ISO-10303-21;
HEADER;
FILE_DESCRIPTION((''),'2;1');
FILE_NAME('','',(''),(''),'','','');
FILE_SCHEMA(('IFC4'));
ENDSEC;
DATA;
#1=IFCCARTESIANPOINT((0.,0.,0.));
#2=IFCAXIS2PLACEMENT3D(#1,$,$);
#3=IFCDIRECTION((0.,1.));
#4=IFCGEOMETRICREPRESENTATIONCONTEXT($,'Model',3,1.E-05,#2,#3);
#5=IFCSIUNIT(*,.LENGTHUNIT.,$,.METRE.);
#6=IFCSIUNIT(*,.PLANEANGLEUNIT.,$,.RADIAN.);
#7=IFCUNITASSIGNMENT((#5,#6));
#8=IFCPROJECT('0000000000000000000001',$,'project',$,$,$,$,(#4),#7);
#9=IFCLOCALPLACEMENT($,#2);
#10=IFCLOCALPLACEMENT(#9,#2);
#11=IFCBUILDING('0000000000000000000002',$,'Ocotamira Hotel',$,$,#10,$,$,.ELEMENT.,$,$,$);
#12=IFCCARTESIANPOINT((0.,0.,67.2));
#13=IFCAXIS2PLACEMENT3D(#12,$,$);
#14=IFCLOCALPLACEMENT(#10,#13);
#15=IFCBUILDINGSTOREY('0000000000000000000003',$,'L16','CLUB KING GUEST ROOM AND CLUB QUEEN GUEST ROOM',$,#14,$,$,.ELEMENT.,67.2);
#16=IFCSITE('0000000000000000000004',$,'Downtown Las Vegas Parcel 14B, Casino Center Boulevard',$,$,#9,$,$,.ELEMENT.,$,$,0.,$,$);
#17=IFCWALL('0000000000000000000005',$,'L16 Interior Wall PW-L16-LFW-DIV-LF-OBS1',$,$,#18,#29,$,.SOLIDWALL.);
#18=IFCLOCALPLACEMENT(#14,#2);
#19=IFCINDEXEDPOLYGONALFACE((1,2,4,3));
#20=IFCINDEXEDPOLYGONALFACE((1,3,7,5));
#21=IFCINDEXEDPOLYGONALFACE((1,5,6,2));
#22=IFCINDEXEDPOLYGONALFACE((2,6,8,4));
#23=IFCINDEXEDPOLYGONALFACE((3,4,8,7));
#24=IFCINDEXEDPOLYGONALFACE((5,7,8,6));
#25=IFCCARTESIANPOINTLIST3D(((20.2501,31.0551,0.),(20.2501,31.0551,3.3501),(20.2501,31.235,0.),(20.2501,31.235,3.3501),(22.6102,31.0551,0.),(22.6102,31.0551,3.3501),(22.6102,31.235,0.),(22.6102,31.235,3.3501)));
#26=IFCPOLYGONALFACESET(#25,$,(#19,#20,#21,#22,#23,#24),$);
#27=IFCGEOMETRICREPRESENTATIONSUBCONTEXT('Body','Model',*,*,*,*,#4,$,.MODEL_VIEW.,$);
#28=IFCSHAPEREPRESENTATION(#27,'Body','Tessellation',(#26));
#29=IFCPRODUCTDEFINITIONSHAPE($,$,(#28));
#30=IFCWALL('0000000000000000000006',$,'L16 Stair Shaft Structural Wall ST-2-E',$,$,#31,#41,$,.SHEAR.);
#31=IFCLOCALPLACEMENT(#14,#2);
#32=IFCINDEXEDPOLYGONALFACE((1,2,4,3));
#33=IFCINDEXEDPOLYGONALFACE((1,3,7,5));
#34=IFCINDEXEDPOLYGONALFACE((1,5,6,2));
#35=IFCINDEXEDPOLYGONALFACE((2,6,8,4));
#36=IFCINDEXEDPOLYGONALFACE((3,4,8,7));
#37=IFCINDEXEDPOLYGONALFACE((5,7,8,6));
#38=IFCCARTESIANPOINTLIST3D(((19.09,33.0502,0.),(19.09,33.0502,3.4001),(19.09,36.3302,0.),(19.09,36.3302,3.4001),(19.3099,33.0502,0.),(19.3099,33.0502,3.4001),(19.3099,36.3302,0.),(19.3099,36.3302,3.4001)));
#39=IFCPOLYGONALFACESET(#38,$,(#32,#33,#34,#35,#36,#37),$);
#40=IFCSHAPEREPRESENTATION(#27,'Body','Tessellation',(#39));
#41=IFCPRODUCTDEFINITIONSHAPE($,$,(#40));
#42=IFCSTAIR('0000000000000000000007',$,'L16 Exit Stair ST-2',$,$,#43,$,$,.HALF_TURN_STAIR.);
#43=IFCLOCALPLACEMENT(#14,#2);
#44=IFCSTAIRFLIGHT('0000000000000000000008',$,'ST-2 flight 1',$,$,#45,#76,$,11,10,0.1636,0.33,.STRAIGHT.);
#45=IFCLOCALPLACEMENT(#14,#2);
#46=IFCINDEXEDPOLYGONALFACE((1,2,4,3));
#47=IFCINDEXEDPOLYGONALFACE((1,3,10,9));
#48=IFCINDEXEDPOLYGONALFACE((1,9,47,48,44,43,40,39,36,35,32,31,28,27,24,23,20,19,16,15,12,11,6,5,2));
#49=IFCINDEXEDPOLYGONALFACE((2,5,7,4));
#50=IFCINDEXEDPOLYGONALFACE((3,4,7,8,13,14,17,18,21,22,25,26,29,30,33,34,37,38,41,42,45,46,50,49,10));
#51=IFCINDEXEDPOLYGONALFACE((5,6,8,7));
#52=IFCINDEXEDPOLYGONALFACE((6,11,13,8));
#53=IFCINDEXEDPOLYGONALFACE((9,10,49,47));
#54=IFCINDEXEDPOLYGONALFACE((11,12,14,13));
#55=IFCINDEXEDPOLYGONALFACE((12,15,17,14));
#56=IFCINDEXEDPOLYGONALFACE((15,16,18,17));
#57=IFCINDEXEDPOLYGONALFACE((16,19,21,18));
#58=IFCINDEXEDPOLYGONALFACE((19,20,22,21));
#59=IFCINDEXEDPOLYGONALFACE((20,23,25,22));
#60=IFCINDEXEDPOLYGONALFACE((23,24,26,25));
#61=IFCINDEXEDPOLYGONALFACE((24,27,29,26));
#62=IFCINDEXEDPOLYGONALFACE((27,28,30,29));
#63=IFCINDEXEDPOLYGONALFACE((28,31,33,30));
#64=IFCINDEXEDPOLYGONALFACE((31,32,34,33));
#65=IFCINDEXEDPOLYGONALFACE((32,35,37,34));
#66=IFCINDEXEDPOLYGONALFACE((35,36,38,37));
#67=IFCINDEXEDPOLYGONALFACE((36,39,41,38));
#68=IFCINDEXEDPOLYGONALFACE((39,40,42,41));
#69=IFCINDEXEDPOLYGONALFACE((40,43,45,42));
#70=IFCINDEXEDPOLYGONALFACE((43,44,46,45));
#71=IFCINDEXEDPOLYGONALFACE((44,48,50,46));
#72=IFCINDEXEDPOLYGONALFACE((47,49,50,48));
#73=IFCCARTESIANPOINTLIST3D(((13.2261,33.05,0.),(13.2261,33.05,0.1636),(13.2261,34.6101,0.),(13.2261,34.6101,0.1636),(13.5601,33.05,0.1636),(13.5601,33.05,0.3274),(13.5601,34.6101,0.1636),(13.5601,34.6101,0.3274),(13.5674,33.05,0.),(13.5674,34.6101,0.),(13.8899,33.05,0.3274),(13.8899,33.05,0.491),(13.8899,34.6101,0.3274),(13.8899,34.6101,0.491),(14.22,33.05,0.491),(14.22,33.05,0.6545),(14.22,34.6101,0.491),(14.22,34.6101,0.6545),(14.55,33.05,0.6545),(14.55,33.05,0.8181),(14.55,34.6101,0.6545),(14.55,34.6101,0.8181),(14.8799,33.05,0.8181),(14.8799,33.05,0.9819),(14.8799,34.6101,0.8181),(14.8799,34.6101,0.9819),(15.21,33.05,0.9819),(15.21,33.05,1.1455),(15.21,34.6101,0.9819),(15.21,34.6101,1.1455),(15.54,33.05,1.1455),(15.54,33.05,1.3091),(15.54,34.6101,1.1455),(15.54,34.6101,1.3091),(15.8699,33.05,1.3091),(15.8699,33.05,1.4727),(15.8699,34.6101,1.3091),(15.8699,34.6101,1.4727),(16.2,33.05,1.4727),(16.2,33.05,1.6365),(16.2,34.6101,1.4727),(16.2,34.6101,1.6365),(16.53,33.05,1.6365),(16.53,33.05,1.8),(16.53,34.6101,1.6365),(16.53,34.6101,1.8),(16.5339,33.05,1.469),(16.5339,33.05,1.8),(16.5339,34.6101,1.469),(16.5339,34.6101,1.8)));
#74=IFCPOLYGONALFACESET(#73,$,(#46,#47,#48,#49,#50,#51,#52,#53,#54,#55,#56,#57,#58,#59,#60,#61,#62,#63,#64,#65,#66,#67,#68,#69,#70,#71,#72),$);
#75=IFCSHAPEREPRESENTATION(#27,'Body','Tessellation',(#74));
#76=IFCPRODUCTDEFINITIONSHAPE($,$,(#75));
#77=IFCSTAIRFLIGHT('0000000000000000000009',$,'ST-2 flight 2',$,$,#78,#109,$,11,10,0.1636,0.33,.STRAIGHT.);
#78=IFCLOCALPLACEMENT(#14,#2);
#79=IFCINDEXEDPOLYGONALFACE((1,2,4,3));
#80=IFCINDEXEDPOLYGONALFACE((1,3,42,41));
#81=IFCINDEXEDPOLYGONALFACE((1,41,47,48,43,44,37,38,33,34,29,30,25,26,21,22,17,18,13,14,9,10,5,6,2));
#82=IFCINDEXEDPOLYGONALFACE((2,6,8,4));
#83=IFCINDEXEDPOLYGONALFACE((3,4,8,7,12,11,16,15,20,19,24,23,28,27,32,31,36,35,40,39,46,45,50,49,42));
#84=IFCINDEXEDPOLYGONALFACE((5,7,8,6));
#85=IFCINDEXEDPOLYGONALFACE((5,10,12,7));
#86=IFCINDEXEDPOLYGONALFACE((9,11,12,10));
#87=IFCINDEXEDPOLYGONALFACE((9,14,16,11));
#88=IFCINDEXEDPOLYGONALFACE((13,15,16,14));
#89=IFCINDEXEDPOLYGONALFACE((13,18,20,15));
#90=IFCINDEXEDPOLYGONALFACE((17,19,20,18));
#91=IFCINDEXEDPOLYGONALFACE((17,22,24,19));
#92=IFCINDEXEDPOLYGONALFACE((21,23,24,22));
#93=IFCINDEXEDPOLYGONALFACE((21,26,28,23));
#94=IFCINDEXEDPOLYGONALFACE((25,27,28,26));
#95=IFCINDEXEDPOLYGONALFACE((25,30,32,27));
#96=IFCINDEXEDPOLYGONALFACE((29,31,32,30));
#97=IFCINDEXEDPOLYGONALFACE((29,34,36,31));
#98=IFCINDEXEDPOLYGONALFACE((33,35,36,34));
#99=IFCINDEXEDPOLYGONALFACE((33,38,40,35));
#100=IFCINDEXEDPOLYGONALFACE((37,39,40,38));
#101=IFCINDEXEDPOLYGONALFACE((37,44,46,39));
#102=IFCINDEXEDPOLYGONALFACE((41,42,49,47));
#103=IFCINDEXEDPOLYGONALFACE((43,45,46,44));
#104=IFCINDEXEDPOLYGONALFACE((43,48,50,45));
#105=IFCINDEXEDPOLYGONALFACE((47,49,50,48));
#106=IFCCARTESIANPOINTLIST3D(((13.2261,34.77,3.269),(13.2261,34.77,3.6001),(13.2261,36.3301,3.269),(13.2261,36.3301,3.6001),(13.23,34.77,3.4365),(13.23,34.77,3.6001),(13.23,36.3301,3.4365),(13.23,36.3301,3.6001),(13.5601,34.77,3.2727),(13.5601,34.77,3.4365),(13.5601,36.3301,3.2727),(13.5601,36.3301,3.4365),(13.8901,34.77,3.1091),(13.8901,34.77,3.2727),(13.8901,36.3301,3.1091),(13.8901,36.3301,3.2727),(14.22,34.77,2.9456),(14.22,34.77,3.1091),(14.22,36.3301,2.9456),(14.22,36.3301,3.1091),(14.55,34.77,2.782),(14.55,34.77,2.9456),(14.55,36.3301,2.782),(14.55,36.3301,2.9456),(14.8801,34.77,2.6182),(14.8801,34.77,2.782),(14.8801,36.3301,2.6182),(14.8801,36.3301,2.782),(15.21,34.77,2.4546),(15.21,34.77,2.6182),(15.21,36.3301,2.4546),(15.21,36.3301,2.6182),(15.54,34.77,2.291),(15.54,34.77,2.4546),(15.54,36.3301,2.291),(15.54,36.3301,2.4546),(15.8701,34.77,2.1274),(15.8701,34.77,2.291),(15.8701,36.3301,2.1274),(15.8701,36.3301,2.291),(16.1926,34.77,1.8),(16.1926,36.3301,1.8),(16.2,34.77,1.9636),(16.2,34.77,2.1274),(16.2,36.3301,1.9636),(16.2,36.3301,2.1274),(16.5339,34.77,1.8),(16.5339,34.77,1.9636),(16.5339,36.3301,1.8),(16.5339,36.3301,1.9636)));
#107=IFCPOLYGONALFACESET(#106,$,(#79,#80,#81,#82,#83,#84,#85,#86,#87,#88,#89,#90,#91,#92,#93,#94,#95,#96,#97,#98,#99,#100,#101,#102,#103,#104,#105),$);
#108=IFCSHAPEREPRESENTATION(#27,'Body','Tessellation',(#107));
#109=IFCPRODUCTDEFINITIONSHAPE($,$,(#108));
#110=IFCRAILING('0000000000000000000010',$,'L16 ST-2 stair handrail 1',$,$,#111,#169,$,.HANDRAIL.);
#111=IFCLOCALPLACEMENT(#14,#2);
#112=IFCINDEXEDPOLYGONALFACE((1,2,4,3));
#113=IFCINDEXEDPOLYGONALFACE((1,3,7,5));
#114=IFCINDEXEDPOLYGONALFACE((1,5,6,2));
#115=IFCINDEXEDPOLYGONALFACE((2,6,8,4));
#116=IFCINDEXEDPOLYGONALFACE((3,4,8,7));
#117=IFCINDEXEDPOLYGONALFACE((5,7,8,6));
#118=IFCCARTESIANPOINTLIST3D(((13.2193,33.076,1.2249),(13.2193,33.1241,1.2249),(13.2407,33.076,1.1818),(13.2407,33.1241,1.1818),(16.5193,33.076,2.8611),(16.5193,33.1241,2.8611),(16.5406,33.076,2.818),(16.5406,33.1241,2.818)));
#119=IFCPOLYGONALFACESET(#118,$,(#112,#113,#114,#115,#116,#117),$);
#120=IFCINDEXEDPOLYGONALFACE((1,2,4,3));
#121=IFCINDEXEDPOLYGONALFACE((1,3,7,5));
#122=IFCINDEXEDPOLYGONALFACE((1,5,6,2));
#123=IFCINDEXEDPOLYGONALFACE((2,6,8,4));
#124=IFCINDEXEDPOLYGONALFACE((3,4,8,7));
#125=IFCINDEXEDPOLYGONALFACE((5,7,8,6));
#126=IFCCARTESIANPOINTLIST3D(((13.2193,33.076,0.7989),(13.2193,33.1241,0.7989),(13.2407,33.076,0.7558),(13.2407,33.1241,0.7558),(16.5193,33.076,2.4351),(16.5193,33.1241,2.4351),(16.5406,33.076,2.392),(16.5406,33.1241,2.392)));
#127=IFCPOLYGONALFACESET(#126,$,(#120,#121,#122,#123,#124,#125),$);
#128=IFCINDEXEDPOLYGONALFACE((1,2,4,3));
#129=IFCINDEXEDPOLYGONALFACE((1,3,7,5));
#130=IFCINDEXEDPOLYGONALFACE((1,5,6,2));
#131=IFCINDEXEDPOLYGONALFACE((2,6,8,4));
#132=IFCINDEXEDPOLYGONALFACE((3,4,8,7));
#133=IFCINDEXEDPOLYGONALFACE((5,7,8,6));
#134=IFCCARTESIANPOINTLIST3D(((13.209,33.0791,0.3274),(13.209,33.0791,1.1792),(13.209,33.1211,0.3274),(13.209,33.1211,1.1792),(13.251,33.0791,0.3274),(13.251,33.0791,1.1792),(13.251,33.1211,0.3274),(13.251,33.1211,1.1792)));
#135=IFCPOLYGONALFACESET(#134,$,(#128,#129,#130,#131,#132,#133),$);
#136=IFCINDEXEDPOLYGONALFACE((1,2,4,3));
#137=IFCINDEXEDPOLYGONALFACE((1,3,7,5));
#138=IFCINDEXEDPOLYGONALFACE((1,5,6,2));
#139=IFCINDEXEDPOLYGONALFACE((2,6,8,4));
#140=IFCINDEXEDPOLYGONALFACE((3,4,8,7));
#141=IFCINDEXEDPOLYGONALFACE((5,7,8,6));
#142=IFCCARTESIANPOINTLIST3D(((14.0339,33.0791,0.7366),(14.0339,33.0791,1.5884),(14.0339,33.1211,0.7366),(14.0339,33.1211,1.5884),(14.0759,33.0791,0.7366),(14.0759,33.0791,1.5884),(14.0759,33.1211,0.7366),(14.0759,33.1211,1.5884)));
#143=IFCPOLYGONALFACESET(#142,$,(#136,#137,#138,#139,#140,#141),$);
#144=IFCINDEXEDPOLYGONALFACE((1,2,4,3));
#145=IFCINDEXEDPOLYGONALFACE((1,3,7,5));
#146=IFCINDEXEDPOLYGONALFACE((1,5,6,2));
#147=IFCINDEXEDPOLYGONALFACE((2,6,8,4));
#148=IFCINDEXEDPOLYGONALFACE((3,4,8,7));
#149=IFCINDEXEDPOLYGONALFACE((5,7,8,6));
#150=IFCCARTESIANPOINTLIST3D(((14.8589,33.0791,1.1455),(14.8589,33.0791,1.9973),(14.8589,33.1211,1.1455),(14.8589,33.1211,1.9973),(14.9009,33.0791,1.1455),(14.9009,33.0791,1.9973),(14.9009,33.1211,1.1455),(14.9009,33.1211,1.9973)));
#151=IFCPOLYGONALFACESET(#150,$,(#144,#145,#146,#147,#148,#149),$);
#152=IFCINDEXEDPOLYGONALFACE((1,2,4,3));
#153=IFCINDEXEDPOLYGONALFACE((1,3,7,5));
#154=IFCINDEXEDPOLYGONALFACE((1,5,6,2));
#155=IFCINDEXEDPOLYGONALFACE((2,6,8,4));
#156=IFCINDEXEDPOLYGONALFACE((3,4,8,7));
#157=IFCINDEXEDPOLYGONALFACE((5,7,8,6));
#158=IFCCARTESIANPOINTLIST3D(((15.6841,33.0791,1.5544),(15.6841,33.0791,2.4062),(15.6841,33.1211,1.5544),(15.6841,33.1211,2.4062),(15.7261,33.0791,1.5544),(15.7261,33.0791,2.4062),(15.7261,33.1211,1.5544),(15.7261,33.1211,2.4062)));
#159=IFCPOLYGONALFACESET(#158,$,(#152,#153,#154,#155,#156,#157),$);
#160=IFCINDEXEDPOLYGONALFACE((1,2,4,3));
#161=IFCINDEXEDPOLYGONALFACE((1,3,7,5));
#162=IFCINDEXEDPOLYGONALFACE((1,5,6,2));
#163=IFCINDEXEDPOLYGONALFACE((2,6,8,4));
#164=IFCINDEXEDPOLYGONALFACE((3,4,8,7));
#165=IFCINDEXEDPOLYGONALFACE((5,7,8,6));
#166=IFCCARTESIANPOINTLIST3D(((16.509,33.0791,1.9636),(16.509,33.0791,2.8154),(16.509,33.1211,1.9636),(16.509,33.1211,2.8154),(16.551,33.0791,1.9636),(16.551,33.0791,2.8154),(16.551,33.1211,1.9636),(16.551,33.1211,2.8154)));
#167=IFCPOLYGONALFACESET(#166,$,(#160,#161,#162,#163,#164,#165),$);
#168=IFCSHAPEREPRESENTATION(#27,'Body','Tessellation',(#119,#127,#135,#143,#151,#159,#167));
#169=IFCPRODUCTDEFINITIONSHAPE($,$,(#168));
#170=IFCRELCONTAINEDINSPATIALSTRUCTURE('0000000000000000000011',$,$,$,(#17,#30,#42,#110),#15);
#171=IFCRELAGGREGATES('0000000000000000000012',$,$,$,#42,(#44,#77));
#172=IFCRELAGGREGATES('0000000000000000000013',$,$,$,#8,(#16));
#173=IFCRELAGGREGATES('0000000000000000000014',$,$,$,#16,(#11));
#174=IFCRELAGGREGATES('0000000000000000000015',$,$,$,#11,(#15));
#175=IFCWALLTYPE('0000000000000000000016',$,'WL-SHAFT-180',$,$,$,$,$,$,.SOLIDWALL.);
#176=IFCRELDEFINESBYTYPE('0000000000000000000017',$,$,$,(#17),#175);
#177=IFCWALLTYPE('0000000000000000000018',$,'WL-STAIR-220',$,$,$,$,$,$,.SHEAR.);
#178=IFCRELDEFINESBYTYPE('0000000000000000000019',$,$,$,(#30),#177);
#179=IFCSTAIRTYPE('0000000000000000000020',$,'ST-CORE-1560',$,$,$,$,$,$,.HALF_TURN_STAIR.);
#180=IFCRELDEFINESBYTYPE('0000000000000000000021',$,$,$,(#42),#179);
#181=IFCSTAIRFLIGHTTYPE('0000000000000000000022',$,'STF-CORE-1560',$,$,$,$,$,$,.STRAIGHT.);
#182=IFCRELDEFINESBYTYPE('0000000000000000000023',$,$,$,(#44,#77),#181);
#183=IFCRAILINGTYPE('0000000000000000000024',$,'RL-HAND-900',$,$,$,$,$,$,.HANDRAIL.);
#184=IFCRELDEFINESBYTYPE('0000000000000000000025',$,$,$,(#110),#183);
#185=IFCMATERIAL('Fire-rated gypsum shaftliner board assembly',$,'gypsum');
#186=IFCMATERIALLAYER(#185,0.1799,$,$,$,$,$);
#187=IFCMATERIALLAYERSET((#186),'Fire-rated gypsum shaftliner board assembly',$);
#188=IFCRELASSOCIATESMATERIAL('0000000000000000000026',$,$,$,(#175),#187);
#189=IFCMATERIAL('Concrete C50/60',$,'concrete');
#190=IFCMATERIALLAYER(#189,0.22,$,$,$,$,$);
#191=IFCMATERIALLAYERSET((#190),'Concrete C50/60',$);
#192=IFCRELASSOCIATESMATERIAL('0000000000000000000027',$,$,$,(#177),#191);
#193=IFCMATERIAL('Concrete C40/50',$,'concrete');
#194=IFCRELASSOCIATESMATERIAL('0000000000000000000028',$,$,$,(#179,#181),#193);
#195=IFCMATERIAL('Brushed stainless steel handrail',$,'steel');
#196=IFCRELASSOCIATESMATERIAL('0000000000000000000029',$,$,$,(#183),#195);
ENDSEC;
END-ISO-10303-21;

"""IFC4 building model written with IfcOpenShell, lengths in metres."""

from ifc_helpers import new_model, si_unit, direction, frame, frame_2d, origin, origin_2d, place, context, subcontext, project, spatial, polyline, rectangle, outline, extrude, source, transform, mapped, material, layer, layer_set, type_object, element, aggregate, save


model = new_model("IFC4")

# Units and contexts
model_context = context("Model", 3, precision=1e-05, world=origin(), true_north=direction((0.0, 1.0)))
body_context = subcontext(model_context, "Body", "Model", "MODEL_VIEW")
ifc_project = project(units=[si_unit("LENGTHUNIT", "METRE"), si_unit("PLANEANGLEUNIT", "RADIAN")], contexts=[model_context])

# Site, building, storey
site_placement = place(None, origin())
site = spatial("IfcSite", under=ifc_project, at=site_placement, Name="Downtown Las Vegas Parcel 14B, Casino Center Boulevard", CompositionType="ELEMENT", RefElevation=0.0)
building_placement = place(site_placement, origin())
building = spatial("IfcBuilding", under=site, at=building_placement, Name="Ocotamira Hotel", CompositionType="ELEMENT")
storey_placement = place(building_placement, frame((0.0, 0.0, 67.2)))
storey = spatial("IfcBuildingStorey", under=building, at=storey_placement, Name="L16", Description="CLUB KING GUEST ROOM AND CLUB QUEEN GUEST ROOM", CompositionType="ELEMENT", Elevation=67.2)

# Walls
ifc_material_1 = material(Name="Fire-rated gypsum shaftliner board assembly", Category="gypsum")
ifc_layer_1 = layer(ifc_material_1, 0.1799)
ifc_layer_set_1 = layer_set([ifc_layer_1], Name="Fire-rated gypsum shaftliner board assembly")
wall_type_1 = type_object("IfcWallType", Name="WL-SHAFT-180", PredefinedType="SOLIDWALL", material=ifc_layer_set_1)
wall_1_placement = place(storey_placement, frame((20.25, 31.145, 0.0), z_axis=(0.0, 0.0, 1.0), x_axis=(1.0, 0.0, 0.0)))
element("IfcWall", 1, at=wall_1_placement, inside=storey, type_object=wall_type_1, Name="L16 Interior Wall PW-L16-LFW-DIV-LF-OBS1", PredefinedType="SOLIDWALL", context=body_context, shape_type="SweptSolid", body=[
    extrude(rectangle(XDim=2.3601, YDim=0.1799, at=frame_2d((1.1802, 0.0))), origin(), (0.0, 0.0, 1.0), 3.3501),
])
ifc_material_2 = material(Name="Concrete C50/60", Category="concrete")
ifc_layer_2 = layer(ifc_material_2, 0.22)
ifc_layer_set_2 = layer_set([ifc_layer_2], Name="Concrete C50/60")
wall_type_2 = type_object("IfcWallType", Name="WL-STAIR-220", PredefinedType="SHEAR", material=ifc_layer_set_2)
wall_2_placement = place(storey_placement, frame((19.2, 33.05, 0.0), z_axis=(0.0, 0.0, 1.0), x_axis=(0.0, 1.0, 0.0)))
element("IfcWall", 2, at=wall_2_placement, inside=storey, type_object=wall_type_2, Name="L16 Stair Shaft Structural Wall ST-2-E", PredefinedType="SHEAR", context=body_context, shape_type="SweptSolid", body=[
    extrude(rectangle(XDim=3.28, YDim=0.22, at=frame_2d((1.6401, 0.0))), origin(), (0.0, 0.0, 1.0), 3.4001),
])

# Stair, stair flights
ifc_material_3 = material(Name="Concrete C40/50", Category="concrete")
stair_type = type_object("IfcStairType", Name="ST-CORE-1560", PredefinedType="HALF_TURN_STAIR", material=ifc_material_3)
stair_placement = place(storey_placement, origin())
stair = element("IfcStair", 3, at=stair_placement, inside=storey, type_object=stair_type, Name="L16 Exit Stair ST-2", PredefinedType="HALF_TURN_STAIR")
stair_flight_type = type_object("IfcStairFlightType", Name="STF-CORE-1560", PredefinedType="STRAIGHT", material=ifc_material_3)
shared_shape_1 = source(origin(), body_context, "Body", "SweptSolid", [
    extrude(outline(polyline([(-0.0039, 0.0), (-0.0039, 0.1636), (0.3301, 0.1636), (0.3301, 0.3274), (0.6599, 0.3274), (0.6599, 0.491), (0.99, 0.491), (0.99, 0.6545), (1.3201, 0.6545), (1.3201, 0.8181), (1.6499, 0.8181), (1.6499, 0.9819), (1.98, 0.9819), (1.98, 1.1455), (2.3101, 1.1455), (2.3101, 1.3091), (2.6399, 1.3091), (2.6399, 1.4727), (2.97, 1.4727), (2.97, 1.6365), (3.3, 1.6365), (3.3, 1.8), (3.304, 1.8), (3.304, 1.469), (0.3374, 0.0), (-0.0039, 0.0)])), frame((0.0, 0.78, 0.0), z_axis=(0.0, -1.0, 0.0), x_axis=(1.0, 0.0, 0.0)), (0.0, 0.0, 1.0), 1.5601),
])
stair_flight_1_placement = place(storey_placement, frame((13.23, 33.8301, 0.0), z_axis=(0.0, 0.0, 1.0), x_axis=(1.0, 0.0, 0.0)))
stair_flight_1 = element("IfcStairFlight", 4, at=stair_flight_1_placement, type_object=stair_flight_type, Name="ST-2 flight 1", NumberOfRisers=11, NumberOfTreads=10, PredefinedType="STRAIGHT", RiserHeight=0.1636, TreadLength=0.33, context=body_context, shape_type="MappedRepresentation", body=[
    mapped(shared_shape_1, transform((0.0, 0.0, 0.0), scale=1.0)),
])
stair_flight_2_placement = place(storey_placement, frame((16.53, 35.55, 1.8), z_axis=(0.0, 0.0, 1.0), x_axis=(-1.0, 0.0, 0.0)))
stair_flight_2 = element("IfcStairFlight", 5, at=stair_flight_2_placement, type_object=stair_flight_type, Name="ST-2 flight 2", NumberOfRisers=11, NumberOfTreads=10, PredefinedType="STRAIGHT", RiserHeight=0.1636, TreadLength=0.33, context=body_context, shape_type="MappedRepresentation", body=[
    mapped(shared_shape_1, transform((0.0, 0.0, 0.0), scale=1.0)),
])
aggregate(stair, [stair_flight_1, stair_flight_2])

# Railing
ifc_material_4 = material(Name="Brushed stainless steel handrail", Category="steel")
railing_type_1 = type_object("IfcRailingType", Name="RL-HAND-900", PredefinedType="HANDRAIL", material=ifc_material_4)
railing_1_placement = place(storey_placement, frame((13.23, 33.1001, 0.3274)))
element("IfcRailing", 6, at=railing_1_placement, inside=storey, type_object=railing_type_1, Name="L16 ST-2 stair handrail 1", PredefinedType="HANDRAIL", context=body_context, shape_type="SweptSolid", body=[
    extrude(rectangle(XDim=0.0481, YDim=0.0481, at=origin_2d()), frame((0.0, 0.0, 0.876), z_axis=(0.89592, 0.0, 0.444215), x_axis=(0.0, 1.0, 0.0)), (0.0, 0.0, 1.0), 3.6833),
    extrude(rectangle(XDim=0.0481, YDim=0.0481, at=origin_2d()), frame((0.0, 0.0, 0.45), z_axis=(0.89592, 0.0, 0.444215), x_axis=(0.0, 1.0, 0.0)), (0.0, 0.0, 1.0), 3.6833),
    extrude(rectangle(XDim=0.042, YDim=0.042, at=origin_2d()), origin(), (0.0, 0.0, 1.0), 0.8518),
    extrude(rectangle(XDim=0.042, YDim=0.042, at=origin_2d()), frame((0.825, 0.0, 0.4092)), (0.0, 0.0, 1.0), 0.8518),
    extrude(rectangle(XDim=0.042, YDim=0.042, at=origin_2d()), frame((1.6499, 0.0, 0.8181)), (0.0, 0.0, 1.0), 0.8518),
    extrude(rectangle(XDim=0.042, YDim=0.042, at=origin_2d()), frame((2.4751, 0.0, 1.2271)), (0.0, 0.0, 1.0), 0.8518),
    extrude(rectangle(XDim=0.042, YDim=0.042, at=origin_2d()), frame((3.3, 0.0, 1.6362)), (0.0, 0.0, 1.0), 0.8518),
])

save(model, "model.ifc")
